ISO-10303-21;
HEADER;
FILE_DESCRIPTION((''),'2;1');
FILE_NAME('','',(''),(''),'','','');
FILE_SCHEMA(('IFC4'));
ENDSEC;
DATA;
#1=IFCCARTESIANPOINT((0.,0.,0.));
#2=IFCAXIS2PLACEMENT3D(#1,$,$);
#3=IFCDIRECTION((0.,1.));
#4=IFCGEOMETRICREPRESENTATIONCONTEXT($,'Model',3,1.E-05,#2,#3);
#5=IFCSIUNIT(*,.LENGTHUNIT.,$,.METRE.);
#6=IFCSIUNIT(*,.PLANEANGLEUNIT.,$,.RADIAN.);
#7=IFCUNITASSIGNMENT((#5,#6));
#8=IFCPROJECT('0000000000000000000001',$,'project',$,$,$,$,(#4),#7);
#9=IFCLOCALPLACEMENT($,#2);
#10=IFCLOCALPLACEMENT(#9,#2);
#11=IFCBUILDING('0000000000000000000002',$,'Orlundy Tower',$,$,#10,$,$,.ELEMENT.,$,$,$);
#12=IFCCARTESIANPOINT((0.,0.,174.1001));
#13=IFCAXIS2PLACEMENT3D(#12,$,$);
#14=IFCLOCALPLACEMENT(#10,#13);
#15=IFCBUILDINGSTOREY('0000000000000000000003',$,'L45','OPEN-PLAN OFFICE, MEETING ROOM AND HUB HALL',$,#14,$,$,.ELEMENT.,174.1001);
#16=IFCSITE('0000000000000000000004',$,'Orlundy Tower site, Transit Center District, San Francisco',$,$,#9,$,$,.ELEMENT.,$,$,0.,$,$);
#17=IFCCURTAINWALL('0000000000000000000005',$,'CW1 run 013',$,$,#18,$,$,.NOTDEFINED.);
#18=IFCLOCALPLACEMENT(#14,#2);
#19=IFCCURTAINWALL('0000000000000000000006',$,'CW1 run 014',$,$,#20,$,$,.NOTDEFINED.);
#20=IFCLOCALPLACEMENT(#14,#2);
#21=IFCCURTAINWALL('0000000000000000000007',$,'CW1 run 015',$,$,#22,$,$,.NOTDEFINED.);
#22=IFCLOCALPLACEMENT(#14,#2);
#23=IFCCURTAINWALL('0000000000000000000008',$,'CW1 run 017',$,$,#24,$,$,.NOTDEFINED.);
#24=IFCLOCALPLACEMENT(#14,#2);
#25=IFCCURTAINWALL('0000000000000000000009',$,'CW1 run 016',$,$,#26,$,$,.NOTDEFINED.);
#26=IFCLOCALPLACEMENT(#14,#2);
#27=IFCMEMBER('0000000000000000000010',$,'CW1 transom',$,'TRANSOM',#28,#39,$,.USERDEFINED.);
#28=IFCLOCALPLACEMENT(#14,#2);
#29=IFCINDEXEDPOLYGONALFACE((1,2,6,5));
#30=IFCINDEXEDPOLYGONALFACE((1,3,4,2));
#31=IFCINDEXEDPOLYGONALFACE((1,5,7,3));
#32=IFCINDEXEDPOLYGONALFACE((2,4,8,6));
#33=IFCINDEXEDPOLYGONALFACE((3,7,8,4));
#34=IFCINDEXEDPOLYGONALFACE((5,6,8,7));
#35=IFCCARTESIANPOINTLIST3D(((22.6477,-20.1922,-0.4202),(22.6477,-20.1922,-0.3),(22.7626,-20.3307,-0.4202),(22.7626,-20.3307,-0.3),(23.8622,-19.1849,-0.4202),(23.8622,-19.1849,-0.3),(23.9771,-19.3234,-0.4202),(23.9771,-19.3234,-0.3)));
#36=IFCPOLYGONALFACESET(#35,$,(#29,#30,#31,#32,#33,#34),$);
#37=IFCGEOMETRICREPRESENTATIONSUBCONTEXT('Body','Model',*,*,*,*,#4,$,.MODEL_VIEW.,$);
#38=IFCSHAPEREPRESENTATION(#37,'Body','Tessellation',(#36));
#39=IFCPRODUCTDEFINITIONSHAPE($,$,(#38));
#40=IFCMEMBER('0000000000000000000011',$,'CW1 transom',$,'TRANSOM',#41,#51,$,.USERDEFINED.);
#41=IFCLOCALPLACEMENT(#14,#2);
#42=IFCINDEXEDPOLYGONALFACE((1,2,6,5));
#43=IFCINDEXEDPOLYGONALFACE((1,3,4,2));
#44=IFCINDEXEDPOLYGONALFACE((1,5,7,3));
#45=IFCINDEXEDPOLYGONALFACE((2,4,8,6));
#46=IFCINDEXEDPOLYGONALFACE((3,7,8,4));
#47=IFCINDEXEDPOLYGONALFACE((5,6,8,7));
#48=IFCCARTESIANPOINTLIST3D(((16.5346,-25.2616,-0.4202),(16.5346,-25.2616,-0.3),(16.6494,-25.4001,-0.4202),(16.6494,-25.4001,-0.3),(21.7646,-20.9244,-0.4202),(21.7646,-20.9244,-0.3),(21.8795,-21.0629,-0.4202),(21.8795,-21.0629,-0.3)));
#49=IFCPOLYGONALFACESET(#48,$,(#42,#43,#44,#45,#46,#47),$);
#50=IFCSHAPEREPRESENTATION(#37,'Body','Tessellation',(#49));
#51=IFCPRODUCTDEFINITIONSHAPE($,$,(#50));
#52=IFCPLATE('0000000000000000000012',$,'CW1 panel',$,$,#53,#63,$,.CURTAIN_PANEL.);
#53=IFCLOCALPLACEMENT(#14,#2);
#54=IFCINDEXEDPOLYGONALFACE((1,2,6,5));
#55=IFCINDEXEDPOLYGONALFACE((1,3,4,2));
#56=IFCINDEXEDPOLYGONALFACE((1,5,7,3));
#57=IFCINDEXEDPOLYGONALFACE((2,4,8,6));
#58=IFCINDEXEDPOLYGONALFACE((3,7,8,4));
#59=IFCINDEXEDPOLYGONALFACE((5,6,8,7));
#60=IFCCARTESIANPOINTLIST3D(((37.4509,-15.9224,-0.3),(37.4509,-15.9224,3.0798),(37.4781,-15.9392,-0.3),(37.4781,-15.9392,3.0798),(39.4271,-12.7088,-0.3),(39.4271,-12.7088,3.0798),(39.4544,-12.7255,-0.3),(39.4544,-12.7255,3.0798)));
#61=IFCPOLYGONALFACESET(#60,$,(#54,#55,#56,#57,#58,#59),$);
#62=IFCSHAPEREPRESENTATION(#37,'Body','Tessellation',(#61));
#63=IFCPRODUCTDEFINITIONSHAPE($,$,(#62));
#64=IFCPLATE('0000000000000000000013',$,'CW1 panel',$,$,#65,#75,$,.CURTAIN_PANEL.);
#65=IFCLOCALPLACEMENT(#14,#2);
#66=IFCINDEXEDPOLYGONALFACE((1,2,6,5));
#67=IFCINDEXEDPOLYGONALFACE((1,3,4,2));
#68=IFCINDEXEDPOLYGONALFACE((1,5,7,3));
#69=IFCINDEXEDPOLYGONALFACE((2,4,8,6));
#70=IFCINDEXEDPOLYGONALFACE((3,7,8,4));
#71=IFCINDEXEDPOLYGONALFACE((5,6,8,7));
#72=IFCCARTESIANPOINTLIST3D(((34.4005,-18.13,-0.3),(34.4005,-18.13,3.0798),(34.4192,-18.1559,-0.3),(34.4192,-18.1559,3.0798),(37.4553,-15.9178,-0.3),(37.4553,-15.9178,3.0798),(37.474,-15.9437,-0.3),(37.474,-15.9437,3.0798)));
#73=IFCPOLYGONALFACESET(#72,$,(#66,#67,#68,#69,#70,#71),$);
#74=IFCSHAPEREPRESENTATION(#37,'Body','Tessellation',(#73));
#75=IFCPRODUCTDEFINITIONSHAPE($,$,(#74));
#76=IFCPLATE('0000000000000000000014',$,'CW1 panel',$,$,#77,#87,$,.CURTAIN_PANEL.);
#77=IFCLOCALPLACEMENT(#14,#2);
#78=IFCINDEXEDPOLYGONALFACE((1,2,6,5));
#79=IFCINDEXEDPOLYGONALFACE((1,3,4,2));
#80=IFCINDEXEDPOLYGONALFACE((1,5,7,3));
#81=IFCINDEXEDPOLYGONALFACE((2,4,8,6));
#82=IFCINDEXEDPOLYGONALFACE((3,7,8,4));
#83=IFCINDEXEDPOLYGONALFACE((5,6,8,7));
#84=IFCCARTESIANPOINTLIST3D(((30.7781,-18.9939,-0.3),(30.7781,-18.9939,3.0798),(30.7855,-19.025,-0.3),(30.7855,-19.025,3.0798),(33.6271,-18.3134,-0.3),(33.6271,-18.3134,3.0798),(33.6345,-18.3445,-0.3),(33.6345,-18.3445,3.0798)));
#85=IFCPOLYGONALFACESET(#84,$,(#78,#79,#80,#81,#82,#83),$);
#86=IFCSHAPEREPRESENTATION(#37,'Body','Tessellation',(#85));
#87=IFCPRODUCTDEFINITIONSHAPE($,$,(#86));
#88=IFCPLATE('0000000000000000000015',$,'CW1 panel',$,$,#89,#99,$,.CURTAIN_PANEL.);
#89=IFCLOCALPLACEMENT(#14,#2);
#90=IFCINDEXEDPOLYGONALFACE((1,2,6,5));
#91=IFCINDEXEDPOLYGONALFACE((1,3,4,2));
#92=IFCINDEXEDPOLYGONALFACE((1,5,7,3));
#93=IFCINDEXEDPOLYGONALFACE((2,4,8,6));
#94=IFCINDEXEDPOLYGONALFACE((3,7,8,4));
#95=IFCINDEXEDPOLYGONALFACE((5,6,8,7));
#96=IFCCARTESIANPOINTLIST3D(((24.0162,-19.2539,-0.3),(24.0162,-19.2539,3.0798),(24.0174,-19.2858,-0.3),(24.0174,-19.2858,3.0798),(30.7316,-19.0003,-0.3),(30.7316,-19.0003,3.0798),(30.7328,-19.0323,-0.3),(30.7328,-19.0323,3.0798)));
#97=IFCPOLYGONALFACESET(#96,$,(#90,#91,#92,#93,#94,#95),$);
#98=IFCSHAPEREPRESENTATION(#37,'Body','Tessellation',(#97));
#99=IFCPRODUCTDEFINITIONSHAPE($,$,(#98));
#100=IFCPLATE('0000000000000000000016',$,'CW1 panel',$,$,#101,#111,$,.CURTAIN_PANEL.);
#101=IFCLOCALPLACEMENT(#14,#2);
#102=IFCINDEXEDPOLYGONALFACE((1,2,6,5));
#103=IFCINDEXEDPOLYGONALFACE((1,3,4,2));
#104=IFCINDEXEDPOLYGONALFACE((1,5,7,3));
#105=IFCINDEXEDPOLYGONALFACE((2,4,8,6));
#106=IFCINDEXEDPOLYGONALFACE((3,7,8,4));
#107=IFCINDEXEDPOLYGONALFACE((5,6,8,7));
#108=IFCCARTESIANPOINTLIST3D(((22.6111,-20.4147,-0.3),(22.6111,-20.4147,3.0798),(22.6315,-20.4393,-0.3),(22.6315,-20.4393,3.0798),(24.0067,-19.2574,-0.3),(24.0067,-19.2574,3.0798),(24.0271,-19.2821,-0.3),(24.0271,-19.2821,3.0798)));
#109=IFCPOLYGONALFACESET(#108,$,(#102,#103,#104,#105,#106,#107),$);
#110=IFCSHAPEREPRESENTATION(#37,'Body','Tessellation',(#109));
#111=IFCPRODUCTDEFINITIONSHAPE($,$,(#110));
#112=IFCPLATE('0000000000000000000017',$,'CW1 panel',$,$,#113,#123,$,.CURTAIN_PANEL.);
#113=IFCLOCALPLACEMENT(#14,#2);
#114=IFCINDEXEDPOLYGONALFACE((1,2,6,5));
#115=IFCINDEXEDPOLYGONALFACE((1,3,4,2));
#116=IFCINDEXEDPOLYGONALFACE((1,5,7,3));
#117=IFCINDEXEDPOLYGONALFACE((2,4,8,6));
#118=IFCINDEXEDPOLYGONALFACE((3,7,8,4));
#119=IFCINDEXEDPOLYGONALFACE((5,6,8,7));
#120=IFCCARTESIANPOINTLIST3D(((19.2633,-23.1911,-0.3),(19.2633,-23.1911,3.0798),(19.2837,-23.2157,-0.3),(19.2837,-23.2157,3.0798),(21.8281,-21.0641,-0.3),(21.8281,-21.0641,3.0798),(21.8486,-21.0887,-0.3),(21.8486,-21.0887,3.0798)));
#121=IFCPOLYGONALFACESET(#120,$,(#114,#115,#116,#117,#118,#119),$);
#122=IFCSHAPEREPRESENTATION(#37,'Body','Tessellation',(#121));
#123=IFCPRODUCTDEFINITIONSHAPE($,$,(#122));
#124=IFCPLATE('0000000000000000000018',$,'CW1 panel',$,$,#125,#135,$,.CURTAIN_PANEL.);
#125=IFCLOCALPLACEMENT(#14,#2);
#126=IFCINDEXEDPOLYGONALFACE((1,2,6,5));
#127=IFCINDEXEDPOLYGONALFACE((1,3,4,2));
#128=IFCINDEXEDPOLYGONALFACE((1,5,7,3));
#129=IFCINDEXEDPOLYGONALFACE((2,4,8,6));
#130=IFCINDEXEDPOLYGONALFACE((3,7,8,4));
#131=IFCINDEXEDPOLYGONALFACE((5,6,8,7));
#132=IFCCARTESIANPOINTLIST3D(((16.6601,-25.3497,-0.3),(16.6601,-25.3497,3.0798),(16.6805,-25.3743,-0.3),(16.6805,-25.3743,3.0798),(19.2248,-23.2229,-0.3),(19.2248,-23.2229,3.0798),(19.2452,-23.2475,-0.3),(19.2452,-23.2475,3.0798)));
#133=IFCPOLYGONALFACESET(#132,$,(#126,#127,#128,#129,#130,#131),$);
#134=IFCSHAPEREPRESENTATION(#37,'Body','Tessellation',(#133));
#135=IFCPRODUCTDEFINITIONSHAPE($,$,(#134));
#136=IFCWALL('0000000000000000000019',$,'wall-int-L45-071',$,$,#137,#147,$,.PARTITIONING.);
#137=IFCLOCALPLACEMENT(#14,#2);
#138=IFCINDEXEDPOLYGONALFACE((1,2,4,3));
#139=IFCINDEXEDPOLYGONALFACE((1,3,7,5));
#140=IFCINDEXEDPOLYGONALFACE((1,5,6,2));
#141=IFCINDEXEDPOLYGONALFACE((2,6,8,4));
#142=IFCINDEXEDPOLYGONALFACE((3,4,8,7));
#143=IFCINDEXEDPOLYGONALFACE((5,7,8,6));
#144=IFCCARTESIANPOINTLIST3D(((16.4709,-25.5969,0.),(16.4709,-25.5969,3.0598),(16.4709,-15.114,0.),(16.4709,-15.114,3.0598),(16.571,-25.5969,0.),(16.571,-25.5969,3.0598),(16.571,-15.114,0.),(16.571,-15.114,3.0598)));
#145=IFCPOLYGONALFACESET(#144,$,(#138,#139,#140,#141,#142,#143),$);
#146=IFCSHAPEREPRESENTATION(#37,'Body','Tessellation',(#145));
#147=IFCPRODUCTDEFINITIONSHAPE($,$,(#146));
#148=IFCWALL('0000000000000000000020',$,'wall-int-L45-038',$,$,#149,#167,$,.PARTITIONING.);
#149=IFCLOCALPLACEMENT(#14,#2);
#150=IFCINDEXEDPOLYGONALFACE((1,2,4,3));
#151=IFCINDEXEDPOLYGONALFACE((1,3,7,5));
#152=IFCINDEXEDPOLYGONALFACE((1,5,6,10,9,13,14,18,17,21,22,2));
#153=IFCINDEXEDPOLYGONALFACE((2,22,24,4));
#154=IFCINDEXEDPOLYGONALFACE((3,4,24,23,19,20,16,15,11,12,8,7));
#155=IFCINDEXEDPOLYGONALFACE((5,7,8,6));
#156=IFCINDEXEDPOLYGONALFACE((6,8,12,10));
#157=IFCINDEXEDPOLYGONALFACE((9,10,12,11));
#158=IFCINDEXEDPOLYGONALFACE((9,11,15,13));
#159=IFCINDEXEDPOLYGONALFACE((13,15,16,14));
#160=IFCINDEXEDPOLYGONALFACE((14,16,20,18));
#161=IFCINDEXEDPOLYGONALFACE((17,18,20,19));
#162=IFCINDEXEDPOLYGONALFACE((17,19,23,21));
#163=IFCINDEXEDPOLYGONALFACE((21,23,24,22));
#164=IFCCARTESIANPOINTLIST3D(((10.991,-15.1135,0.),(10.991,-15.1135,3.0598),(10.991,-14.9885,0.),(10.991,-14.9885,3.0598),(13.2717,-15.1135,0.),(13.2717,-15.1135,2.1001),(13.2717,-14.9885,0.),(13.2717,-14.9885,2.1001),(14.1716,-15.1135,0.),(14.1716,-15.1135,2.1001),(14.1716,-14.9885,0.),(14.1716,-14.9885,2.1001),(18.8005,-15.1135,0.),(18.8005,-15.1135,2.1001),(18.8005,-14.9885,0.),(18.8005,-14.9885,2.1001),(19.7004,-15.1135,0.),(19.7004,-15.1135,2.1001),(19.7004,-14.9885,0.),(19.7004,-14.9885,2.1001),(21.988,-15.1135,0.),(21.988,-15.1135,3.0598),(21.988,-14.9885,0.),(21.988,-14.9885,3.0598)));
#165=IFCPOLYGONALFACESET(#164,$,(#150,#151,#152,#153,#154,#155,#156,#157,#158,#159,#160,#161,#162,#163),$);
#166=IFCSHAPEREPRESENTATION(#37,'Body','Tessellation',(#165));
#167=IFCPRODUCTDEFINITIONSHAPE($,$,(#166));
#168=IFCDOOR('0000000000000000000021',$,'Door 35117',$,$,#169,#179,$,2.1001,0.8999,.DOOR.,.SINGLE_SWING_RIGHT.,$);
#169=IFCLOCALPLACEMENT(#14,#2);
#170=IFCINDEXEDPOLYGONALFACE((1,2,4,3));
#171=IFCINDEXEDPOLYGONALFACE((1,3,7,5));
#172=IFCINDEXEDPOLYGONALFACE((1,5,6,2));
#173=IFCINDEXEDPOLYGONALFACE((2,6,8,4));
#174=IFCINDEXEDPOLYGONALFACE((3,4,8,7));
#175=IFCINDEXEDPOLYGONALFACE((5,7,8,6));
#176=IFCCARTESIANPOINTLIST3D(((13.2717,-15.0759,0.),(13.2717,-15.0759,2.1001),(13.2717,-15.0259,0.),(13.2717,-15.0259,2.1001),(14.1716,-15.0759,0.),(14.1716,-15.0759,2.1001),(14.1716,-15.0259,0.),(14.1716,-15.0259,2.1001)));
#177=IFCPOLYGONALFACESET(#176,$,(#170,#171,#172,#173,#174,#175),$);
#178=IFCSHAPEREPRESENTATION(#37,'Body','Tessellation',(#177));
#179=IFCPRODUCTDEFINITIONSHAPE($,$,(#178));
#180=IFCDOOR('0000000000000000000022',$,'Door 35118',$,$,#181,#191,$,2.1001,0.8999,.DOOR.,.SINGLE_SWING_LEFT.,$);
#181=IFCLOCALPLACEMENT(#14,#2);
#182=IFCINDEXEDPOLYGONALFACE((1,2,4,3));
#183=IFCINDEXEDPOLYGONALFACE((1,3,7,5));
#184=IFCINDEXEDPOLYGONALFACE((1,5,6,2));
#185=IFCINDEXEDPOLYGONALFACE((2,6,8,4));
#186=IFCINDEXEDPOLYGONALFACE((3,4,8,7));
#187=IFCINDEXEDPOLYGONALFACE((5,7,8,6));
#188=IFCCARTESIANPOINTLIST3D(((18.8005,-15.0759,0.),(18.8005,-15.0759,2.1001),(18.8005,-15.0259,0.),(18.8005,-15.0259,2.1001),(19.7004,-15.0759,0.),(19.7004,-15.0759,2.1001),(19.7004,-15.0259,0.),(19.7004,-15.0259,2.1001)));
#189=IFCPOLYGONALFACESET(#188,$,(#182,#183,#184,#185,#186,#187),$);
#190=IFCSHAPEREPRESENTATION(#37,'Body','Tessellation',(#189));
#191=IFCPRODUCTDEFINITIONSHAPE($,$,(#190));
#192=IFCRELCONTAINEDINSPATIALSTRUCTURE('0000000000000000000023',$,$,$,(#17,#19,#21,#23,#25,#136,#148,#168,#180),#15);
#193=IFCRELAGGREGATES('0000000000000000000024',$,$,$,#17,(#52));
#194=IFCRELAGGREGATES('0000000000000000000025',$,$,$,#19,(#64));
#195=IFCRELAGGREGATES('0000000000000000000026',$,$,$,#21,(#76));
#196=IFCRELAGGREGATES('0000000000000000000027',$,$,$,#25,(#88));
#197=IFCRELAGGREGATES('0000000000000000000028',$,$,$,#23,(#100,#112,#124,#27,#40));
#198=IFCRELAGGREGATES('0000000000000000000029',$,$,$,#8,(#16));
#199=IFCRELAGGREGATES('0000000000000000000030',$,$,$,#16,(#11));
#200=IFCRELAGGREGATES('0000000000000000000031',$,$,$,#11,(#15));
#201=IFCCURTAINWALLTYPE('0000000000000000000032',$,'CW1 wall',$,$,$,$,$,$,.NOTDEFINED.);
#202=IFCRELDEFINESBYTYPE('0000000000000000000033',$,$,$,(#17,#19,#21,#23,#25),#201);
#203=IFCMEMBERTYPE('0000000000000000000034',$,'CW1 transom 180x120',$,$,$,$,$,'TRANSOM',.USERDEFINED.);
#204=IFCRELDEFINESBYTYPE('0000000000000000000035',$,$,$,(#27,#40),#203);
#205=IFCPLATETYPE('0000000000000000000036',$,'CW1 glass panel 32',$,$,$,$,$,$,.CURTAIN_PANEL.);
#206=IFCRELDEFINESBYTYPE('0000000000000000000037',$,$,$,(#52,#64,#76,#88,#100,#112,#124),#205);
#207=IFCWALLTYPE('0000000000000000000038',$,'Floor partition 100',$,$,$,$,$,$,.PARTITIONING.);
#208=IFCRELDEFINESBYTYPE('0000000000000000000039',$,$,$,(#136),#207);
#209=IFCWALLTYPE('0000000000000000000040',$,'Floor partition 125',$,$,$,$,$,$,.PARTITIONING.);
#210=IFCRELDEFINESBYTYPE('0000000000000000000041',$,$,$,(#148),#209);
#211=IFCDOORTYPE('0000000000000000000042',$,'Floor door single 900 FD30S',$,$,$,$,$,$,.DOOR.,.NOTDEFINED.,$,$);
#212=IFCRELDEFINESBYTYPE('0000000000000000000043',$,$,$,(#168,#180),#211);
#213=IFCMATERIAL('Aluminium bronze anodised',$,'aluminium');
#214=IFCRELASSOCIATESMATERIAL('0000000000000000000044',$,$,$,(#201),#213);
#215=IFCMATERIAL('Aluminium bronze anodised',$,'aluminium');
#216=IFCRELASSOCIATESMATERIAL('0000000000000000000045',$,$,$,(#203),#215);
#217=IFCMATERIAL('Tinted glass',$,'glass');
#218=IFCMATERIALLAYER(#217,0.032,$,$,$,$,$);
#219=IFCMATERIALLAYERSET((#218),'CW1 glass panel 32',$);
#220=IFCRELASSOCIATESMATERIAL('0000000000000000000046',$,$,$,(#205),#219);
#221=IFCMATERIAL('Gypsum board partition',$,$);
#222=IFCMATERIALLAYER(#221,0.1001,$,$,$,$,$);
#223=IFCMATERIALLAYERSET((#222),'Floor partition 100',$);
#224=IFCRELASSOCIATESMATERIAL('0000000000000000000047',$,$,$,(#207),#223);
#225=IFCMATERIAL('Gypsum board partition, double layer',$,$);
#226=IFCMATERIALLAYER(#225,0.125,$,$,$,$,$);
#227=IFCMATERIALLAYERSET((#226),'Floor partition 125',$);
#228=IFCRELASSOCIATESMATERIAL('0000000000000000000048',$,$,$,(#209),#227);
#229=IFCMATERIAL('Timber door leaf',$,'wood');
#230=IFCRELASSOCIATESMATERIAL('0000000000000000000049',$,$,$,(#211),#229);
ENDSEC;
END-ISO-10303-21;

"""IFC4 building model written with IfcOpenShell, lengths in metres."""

from ifc_helpers import new_model, si_unit, direction, frame, frame_2d, origin, origin_2d, place, context, subcontext, project, spatial, rectangle, extrude, material, layer, layer_set, material_profile, profile_set, type_object, element, fill, aggregate, save


model = new_model("IFC4")

# Units and contexts
model_context = context("Model", 3, precision=1e-05, world=origin(), true_north=direction((0.0, 1.0)))
body_context = subcontext(model_context, "Body", "Model", "MODEL_VIEW")
ifc_project = project(units=[si_unit("LENGTHUNIT", "METRE"), si_unit("PLANEANGLEUNIT", "RADIAN")], contexts=[model_context])

# Site, building, storey
site_placement = place(None, origin())
site = spatial("IfcSite", under=ifc_project, at=site_placement, Name="Orlundy Tower site, Transit Center District, San Francisco", CompositionType="ELEMENT", RefElevation=0.0)
building_placement = place(site_placement, origin())
building = spatial("IfcBuilding", under=site, at=building_placement, Name="Orlundy Tower", CompositionType="ELEMENT")
storey_placement = place(building_placement, frame((0.0, 0.0, 174.1001)))
storey = spatial("IfcBuildingStorey", under=building, at=storey_placement, Name="L45", Description="OPEN-PLAN OFFICE, MEETING ROOM AND HUB HALL", CompositionType="ELEMENT", Elevation=174.1001)

# Curtain walls
ifc_material_1 = material(Name="Aluminium bronze anodised", Category="aluminium")
curtain_wall_type = type_object("IfcCurtainWallType", Name="CW1 wall", PredefinedType="NOTDEFINED", material=ifc_material_1)
curtain_wall_1_placement = place(storey_placement, origin())
curtain_wall_1 = element("IfcCurtainWall", 1, at=curtain_wall_1_placement, inside=storey, type_object=curtain_wall_type, Name="CW1 run 013", PredefinedType="NOTDEFINED")
curtain_wall_2_placement = place(storey_placement, origin())
curtain_wall_2 = element("IfcCurtainWall", 2, at=curtain_wall_2_placement, inside=storey, type_object=curtain_wall_type, Name="CW1 run 014", PredefinedType="NOTDEFINED")
curtain_wall_3_placement = place(storey_placement, origin())
curtain_wall_3 = element("IfcCurtainWall", 3, at=curtain_wall_3_placement, inside=storey, type_object=curtain_wall_type, Name="CW1 run 015", PredefinedType="NOTDEFINED")
curtain_wall_4_placement = place(storey_placement, origin())
curtain_wall_4 = element("IfcCurtainWall", 4, at=curtain_wall_4_placement, inside=storey, type_object=curtain_wall_type, Name="CW1 run 017", PredefinedType="NOTDEFINED")
curtain_wall_5_placement = place(storey_placement, origin())
curtain_wall_5 = element("IfcCurtainWall", 5, at=curtain_wall_5_placement, inside=storey, type_object=curtain_wall_type, Name="CW1 run 016", PredefinedType="NOTDEFINED")

# Members
ifc_material_2 = material(Name="Aluminium bronze anodised", Category="aluminium")
ifc_material_profile_1 = material_profile(ifc_material_2, rectangle(XDim=0.1799, YDim=0.1201, at=origin_2d()), Name="CW1 transom 180x120")
ifc_profile_set_1 = profile_set([ifc_material_profile_1], Name="Aluminium bronze anodised")
member_type_1 = type_object("IfcMemberType", Name="CW1 transom 180x120", ElementType="TRANSOM", PredefinedType="USERDEFINED", material=ifc_profile_set_1)
member_1_placement = place(storey_placement, frame((23.9197, -19.2542, -0.3601), z_axis=(-0.769728, -0.638372, 0.0), x_axis=(0.638372, -0.769728, 0.0)))
member_1 = element("IfcMember", 6, at=member_1_placement, type_object=member_type_1, Name="CW1 transom", ObjectType="TRANSOM", PredefinedType="USERDEFINED", context=body_context, shape_type="SweptSolid", body=[
    extrude(rectangle(XDim=0.1799, YDim=0.1201, at=origin_2d()), origin(), (0.0, 0.0, 1.0), 1.5779),
])
member_2_placement = place(storey_placement, frame((21.822, -20.9937, -0.3601), z_axis=(-0.769751, -0.638345, 0.0), x_axis=(0.638345, -0.769751, 0.0)))
member_2 = element("IfcMember", 7, at=member_2_placement, type_object=member_type_1, Name="CW1 transom", ObjectType="TRANSOM", PredefinedType="USERDEFINED", context=body_context, shape_type="SweptSolid", body=[
    extrude(rectangle(XDim=0.1799, YDim=0.1201, at=origin_2d()), origin(), (0.0, 0.0, 1.0), 6.7944),
])

# Plates
ifc_material_3 = material(Name="Tinted glass", Category="glass")
ifc_layer_1 = layer(ifc_material_3, 0.032)
ifc_layer_set_1 = layer_set([ifc_layer_1], Name="CW1 glass panel 32")
plate_type = type_object("IfcPlateType", Name="CW1 glass panel 32", PredefinedType="CURTAIN_PANEL", material=ifc_layer_set_1)
plate_1_placement = place(storey_placement, frame((38.4526, -14.324, -0.3), z_axis=(0.0, 0.0, 1.0), x_axis=(-0.523827, -0.851825, 0.0)))
plate_1 = element("IfcPlate", 8, at=plate_1_placement, type_object=plate_type, Name="CW1 panel", PredefinedType="CURTAIN_PANEL", context=body_context, shape_type="SweptSolid", body=[
    extrude(rectangle(XDim=3.7727, YDim=0.032, at=origin_2d()), origin(), (0.0, 0.0, 1.0), 3.3799),
])
aggregate(curtain_wall_1, [plate_1])
plate_2_placement = place(storey_placement, frame((35.9373, -17.0369, -0.3), z_axis=(0.0, 0.0, 1.0), x_axis=(-0.809924, -0.586534, 0.0)))
plate_2 = element("IfcPlate", 9, at=plate_2_placement, type_object=plate_type, Name="CW1 panel", PredefinedType="CURTAIN_PANEL", context=body_context, shape_type="SweptSolid", body=[
    extrude(rectangle(XDim=3.7717, YDim=0.032, at=origin_2d()), origin(), (0.0, 0.0, 1.0), 3.3799),
])
aggregate(curtain_wall_2, [plate_2])
plate_3_placement = place(storey_placement, frame((32.2063, -18.6692, -0.3), z_axis=(0.0, 0.0, 1.0), x_axis=(-0.972644, -0.232301, 0.0)))
plate_3 = element("IfcPlate", 10, at=plate_3_placement, type_object=plate_type, Name="CW1 panel", PredefinedType="CURTAIN_PANEL", context=body_context, shape_type="SweptSolid", body=[
    extrude(rectangle(XDim=2.9292, YDim=0.032, at=origin_2d()), origin(), (0.0, 0.0, 1.0), 3.3799),
])
aggregate(curtain_wall_3, [plate_3])
plate_4_placement = place(storey_placement, frame((27.3745, -19.1431, -0.3), z_axis=(0.0, 0.0, 1.0), x_axis=(-0.999288, -0.037731, 0.0)))
plate_4 = element("IfcPlate", 11, at=plate_4_placement, type_object=plate_type, Name="CW1 panel", PredefinedType="CURTAIN_PANEL", context=body_context, shape_type="SweptSolid", body=[
    extrude(rectangle(XDim=6.7202, YDim=0.032, at=origin_2d()), origin(), (0.0, 0.0, 1.0), 3.3799),
])
aggregate(curtain_wall_5, [plate_4])
plate_5_placement = place(storey_placement, frame((23.3191, -19.8484, -0.3), z_axis=(0.0, 0.0, 1.0), x_axis=(-0.769762, -0.638331, 0.0)))
plate_5 = element("IfcPlate", 12, at=plate_5_placement, type_object=plate_type, Name="CW1 panel", PredefinedType="CURTAIN_PANEL", context=body_context, shape_type="SweptSolid", body=[
    extrude(rectangle(XDim=1.813, YDim=0.032, at=origin_2d()), origin(), (0.0, 0.0, 1.0), 3.3799),
])
plate_6_placement = place(storey_placement, frame((20.5559, -22.1399, -0.3), z_axis=(0.0, 0.0, 1.0), x_axis=(-0.769762, -0.638331, 0.0)))
plate_6 = element("IfcPlate", 13, at=plate_6_placement, type_object=plate_type, Name="CW1 panel", PredefinedType="CURTAIN_PANEL", context=body_context, shape_type="SweptSolid", body=[
    extrude(rectangle(XDim=3.332, YDim=0.032, at=origin_2d()), origin(), (0.0, 0.0, 1.0), 3.3799),
])
plate_7_placement = place(storey_placement, frame((17.9526, -24.2986, -0.3), z_axis=(0.0, 0.0, 1.0), x_axis=(-0.769762, -0.638331, 0.0)))
plate_7 = element("IfcPlate", 14, at=plate_7_placement, type_object=plate_type, Name="CW1 panel", PredefinedType="CURTAIN_PANEL", context=body_context, shape_type="SweptSolid", body=[
    extrude(rectangle(XDim=3.3318, YDim=0.032, at=origin_2d()), origin(), (0.0, 0.0, 1.0), 3.3799),
])
aggregate(curtain_wall_4, [plate_5, plate_6, plate_7, member_1, member_2])

# Wall
ifc_material_4 = material(Name="Gypsum board partition")
ifc_layer_2 = layer(ifc_material_4, 0.1001)
ifc_layer_set_2 = layer_set([ifc_layer_2], Name="Floor partition 100")
wall_type_1 = type_object("IfcWallType", Name="Floor partition 100", PredefinedType="PARTITIONING", material=ifc_layer_set_2)
wall_1_placement = place(storey_placement, frame((16.521, -25.5969, 0.0), z_axis=(0.0, 0.0, 1.0), x_axis=(0.0, 1.0, 0.0)))
element("IfcWall", 15, at=wall_1_placement, inside=storey, type_object=wall_type_1, Name="wall-int-L45-071", PredefinedType="PARTITIONING", context=body_context, shape_type="SweptSolid", body=[
    extrude(rectangle(XDim=10.4829, YDim=0.1001, at=frame_2d((5.2415, 0.0))), origin(), (0.0, 0.0, 1.0), 3.0598),
])

# Wall, openings, doors
ifc_material_5 = material(Name="Gypsum board partition, double layer")
ifc_layer_3 = layer(ifc_material_5, 0.125)
ifc_layer_set_3 = layer_set([ifc_layer_3], Name="Floor partition 125")
wall_type_2 = type_object("IfcWallType", Name="Floor partition 125", PredefinedType="PARTITIONING", material=ifc_layer_set_3)
wall_2_placement = place(storey_placement, frame((21.988, -15.051, 0.0), z_axis=(0.0, 0.0, 1.0), x_axis=(-1.0, 0.0, 0.0)))
wall_2 = element("IfcWall", 16, at=wall_2_placement, inside=storey, type_object=wall_type_2, Name="wall-int-L45-038", PredefinedType="PARTITIONING", context=body_context, shape_type="SweptSolid", body=[
    extrude(rectangle(XDim=10.9971, YDim=0.125, at=frame_2d((5.4985, 0.0))), origin(), (0.0, 0.0, 1.0), 3.0598),
])
opening_1_placement = place(wall_2_placement, frame((7.8164, 0.0, 0.0)))
opening_1 = element("IfcOpeningElement", 17, at=opening_1_placement, cuts=wall_2, PredefinedType="OPENING", context=body_context, shape_type="SweptSolid", body=[
    extrude(rectangle(XDim=0.8999, YDim=2.1001, at=frame_2d((0.45, 1.05))), frame((0.0, 0.0725, 0.0), z_axis=(0.0, -1.0, 0.0), x_axis=(1.0, 0.0, 0.0)), (0.0, 0.0, 1.0), 0.145),
])
opening_2_placement = place(wall_2_placement, frame((2.2876, 0.0, 0.0)))
opening_2 = element("IfcOpeningElement", 18, at=opening_2_placement, cuts=wall_2, PredefinedType="OPENING", context=body_context, shape_type="SweptSolid", body=[
    extrude(rectangle(XDim=0.8999, YDim=2.1001, at=frame_2d((0.45, 1.05))), frame((0.0, 0.0725, 0.0), z_axis=(0.0, -1.0, 0.0), x_axis=(1.0, 0.0, 0.0)), (0.0, 0.0, 1.0), 0.145),
])
ifc_material_6 = material(Name="Timber door leaf", Category="wood")
door_type = type_object("IfcDoorType", Name="Floor door single 900 FD30S", OperationType="NOTDEFINED", PredefinedType="DOOR", material=ifc_material_6)
door_1_placement = place(opening_1_placement, origin())
door_1 = element("IfcDoor", 19, at=door_1_placement, inside=storey, type_object=door_type, Name="Door 35117", OperationType="SINGLE_SWING_RIGHT", OverallHeight=2.1001, OverallWidth=0.8999, PredefinedType="DOOR", context=body_context, shape_type="SweptSolid", body=[
    extrude(rectangle(XDim=0.8999, YDim=2.1001, at=frame_2d((0.45, 1.05))), frame((0.0, 0.0249, 0.0), z_axis=(0.0, -1.0, 0.0), x_axis=(1.0, 0.0, 0.0)), (0.0, 0.0, 1.0), 0.05),
])
fill(opening_1, door_1)
door_2_placement = place(opening_2_placement, origin())
door_2 = element("IfcDoor", 20, at=door_2_placement, inside=storey, type_object=door_type, Name="Door 35118", OperationType="SINGLE_SWING_LEFT", OverallHeight=2.1001, OverallWidth=0.8999, PredefinedType="DOOR", context=body_context, shape_type="SweptSolid", body=[
    extrude(rectangle(XDim=0.8999, YDim=2.1001, at=frame_2d((0.45, 1.05))), frame((0.0, 0.0249, 0.0), z_axis=(0.0, -1.0, 0.0), x_axis=(1.0, 0.0, 0.0)), (0.0, 0.0, 1.0), 0.05),
])
fill(opening_2, door_2)

save(model, "model.ifc")
